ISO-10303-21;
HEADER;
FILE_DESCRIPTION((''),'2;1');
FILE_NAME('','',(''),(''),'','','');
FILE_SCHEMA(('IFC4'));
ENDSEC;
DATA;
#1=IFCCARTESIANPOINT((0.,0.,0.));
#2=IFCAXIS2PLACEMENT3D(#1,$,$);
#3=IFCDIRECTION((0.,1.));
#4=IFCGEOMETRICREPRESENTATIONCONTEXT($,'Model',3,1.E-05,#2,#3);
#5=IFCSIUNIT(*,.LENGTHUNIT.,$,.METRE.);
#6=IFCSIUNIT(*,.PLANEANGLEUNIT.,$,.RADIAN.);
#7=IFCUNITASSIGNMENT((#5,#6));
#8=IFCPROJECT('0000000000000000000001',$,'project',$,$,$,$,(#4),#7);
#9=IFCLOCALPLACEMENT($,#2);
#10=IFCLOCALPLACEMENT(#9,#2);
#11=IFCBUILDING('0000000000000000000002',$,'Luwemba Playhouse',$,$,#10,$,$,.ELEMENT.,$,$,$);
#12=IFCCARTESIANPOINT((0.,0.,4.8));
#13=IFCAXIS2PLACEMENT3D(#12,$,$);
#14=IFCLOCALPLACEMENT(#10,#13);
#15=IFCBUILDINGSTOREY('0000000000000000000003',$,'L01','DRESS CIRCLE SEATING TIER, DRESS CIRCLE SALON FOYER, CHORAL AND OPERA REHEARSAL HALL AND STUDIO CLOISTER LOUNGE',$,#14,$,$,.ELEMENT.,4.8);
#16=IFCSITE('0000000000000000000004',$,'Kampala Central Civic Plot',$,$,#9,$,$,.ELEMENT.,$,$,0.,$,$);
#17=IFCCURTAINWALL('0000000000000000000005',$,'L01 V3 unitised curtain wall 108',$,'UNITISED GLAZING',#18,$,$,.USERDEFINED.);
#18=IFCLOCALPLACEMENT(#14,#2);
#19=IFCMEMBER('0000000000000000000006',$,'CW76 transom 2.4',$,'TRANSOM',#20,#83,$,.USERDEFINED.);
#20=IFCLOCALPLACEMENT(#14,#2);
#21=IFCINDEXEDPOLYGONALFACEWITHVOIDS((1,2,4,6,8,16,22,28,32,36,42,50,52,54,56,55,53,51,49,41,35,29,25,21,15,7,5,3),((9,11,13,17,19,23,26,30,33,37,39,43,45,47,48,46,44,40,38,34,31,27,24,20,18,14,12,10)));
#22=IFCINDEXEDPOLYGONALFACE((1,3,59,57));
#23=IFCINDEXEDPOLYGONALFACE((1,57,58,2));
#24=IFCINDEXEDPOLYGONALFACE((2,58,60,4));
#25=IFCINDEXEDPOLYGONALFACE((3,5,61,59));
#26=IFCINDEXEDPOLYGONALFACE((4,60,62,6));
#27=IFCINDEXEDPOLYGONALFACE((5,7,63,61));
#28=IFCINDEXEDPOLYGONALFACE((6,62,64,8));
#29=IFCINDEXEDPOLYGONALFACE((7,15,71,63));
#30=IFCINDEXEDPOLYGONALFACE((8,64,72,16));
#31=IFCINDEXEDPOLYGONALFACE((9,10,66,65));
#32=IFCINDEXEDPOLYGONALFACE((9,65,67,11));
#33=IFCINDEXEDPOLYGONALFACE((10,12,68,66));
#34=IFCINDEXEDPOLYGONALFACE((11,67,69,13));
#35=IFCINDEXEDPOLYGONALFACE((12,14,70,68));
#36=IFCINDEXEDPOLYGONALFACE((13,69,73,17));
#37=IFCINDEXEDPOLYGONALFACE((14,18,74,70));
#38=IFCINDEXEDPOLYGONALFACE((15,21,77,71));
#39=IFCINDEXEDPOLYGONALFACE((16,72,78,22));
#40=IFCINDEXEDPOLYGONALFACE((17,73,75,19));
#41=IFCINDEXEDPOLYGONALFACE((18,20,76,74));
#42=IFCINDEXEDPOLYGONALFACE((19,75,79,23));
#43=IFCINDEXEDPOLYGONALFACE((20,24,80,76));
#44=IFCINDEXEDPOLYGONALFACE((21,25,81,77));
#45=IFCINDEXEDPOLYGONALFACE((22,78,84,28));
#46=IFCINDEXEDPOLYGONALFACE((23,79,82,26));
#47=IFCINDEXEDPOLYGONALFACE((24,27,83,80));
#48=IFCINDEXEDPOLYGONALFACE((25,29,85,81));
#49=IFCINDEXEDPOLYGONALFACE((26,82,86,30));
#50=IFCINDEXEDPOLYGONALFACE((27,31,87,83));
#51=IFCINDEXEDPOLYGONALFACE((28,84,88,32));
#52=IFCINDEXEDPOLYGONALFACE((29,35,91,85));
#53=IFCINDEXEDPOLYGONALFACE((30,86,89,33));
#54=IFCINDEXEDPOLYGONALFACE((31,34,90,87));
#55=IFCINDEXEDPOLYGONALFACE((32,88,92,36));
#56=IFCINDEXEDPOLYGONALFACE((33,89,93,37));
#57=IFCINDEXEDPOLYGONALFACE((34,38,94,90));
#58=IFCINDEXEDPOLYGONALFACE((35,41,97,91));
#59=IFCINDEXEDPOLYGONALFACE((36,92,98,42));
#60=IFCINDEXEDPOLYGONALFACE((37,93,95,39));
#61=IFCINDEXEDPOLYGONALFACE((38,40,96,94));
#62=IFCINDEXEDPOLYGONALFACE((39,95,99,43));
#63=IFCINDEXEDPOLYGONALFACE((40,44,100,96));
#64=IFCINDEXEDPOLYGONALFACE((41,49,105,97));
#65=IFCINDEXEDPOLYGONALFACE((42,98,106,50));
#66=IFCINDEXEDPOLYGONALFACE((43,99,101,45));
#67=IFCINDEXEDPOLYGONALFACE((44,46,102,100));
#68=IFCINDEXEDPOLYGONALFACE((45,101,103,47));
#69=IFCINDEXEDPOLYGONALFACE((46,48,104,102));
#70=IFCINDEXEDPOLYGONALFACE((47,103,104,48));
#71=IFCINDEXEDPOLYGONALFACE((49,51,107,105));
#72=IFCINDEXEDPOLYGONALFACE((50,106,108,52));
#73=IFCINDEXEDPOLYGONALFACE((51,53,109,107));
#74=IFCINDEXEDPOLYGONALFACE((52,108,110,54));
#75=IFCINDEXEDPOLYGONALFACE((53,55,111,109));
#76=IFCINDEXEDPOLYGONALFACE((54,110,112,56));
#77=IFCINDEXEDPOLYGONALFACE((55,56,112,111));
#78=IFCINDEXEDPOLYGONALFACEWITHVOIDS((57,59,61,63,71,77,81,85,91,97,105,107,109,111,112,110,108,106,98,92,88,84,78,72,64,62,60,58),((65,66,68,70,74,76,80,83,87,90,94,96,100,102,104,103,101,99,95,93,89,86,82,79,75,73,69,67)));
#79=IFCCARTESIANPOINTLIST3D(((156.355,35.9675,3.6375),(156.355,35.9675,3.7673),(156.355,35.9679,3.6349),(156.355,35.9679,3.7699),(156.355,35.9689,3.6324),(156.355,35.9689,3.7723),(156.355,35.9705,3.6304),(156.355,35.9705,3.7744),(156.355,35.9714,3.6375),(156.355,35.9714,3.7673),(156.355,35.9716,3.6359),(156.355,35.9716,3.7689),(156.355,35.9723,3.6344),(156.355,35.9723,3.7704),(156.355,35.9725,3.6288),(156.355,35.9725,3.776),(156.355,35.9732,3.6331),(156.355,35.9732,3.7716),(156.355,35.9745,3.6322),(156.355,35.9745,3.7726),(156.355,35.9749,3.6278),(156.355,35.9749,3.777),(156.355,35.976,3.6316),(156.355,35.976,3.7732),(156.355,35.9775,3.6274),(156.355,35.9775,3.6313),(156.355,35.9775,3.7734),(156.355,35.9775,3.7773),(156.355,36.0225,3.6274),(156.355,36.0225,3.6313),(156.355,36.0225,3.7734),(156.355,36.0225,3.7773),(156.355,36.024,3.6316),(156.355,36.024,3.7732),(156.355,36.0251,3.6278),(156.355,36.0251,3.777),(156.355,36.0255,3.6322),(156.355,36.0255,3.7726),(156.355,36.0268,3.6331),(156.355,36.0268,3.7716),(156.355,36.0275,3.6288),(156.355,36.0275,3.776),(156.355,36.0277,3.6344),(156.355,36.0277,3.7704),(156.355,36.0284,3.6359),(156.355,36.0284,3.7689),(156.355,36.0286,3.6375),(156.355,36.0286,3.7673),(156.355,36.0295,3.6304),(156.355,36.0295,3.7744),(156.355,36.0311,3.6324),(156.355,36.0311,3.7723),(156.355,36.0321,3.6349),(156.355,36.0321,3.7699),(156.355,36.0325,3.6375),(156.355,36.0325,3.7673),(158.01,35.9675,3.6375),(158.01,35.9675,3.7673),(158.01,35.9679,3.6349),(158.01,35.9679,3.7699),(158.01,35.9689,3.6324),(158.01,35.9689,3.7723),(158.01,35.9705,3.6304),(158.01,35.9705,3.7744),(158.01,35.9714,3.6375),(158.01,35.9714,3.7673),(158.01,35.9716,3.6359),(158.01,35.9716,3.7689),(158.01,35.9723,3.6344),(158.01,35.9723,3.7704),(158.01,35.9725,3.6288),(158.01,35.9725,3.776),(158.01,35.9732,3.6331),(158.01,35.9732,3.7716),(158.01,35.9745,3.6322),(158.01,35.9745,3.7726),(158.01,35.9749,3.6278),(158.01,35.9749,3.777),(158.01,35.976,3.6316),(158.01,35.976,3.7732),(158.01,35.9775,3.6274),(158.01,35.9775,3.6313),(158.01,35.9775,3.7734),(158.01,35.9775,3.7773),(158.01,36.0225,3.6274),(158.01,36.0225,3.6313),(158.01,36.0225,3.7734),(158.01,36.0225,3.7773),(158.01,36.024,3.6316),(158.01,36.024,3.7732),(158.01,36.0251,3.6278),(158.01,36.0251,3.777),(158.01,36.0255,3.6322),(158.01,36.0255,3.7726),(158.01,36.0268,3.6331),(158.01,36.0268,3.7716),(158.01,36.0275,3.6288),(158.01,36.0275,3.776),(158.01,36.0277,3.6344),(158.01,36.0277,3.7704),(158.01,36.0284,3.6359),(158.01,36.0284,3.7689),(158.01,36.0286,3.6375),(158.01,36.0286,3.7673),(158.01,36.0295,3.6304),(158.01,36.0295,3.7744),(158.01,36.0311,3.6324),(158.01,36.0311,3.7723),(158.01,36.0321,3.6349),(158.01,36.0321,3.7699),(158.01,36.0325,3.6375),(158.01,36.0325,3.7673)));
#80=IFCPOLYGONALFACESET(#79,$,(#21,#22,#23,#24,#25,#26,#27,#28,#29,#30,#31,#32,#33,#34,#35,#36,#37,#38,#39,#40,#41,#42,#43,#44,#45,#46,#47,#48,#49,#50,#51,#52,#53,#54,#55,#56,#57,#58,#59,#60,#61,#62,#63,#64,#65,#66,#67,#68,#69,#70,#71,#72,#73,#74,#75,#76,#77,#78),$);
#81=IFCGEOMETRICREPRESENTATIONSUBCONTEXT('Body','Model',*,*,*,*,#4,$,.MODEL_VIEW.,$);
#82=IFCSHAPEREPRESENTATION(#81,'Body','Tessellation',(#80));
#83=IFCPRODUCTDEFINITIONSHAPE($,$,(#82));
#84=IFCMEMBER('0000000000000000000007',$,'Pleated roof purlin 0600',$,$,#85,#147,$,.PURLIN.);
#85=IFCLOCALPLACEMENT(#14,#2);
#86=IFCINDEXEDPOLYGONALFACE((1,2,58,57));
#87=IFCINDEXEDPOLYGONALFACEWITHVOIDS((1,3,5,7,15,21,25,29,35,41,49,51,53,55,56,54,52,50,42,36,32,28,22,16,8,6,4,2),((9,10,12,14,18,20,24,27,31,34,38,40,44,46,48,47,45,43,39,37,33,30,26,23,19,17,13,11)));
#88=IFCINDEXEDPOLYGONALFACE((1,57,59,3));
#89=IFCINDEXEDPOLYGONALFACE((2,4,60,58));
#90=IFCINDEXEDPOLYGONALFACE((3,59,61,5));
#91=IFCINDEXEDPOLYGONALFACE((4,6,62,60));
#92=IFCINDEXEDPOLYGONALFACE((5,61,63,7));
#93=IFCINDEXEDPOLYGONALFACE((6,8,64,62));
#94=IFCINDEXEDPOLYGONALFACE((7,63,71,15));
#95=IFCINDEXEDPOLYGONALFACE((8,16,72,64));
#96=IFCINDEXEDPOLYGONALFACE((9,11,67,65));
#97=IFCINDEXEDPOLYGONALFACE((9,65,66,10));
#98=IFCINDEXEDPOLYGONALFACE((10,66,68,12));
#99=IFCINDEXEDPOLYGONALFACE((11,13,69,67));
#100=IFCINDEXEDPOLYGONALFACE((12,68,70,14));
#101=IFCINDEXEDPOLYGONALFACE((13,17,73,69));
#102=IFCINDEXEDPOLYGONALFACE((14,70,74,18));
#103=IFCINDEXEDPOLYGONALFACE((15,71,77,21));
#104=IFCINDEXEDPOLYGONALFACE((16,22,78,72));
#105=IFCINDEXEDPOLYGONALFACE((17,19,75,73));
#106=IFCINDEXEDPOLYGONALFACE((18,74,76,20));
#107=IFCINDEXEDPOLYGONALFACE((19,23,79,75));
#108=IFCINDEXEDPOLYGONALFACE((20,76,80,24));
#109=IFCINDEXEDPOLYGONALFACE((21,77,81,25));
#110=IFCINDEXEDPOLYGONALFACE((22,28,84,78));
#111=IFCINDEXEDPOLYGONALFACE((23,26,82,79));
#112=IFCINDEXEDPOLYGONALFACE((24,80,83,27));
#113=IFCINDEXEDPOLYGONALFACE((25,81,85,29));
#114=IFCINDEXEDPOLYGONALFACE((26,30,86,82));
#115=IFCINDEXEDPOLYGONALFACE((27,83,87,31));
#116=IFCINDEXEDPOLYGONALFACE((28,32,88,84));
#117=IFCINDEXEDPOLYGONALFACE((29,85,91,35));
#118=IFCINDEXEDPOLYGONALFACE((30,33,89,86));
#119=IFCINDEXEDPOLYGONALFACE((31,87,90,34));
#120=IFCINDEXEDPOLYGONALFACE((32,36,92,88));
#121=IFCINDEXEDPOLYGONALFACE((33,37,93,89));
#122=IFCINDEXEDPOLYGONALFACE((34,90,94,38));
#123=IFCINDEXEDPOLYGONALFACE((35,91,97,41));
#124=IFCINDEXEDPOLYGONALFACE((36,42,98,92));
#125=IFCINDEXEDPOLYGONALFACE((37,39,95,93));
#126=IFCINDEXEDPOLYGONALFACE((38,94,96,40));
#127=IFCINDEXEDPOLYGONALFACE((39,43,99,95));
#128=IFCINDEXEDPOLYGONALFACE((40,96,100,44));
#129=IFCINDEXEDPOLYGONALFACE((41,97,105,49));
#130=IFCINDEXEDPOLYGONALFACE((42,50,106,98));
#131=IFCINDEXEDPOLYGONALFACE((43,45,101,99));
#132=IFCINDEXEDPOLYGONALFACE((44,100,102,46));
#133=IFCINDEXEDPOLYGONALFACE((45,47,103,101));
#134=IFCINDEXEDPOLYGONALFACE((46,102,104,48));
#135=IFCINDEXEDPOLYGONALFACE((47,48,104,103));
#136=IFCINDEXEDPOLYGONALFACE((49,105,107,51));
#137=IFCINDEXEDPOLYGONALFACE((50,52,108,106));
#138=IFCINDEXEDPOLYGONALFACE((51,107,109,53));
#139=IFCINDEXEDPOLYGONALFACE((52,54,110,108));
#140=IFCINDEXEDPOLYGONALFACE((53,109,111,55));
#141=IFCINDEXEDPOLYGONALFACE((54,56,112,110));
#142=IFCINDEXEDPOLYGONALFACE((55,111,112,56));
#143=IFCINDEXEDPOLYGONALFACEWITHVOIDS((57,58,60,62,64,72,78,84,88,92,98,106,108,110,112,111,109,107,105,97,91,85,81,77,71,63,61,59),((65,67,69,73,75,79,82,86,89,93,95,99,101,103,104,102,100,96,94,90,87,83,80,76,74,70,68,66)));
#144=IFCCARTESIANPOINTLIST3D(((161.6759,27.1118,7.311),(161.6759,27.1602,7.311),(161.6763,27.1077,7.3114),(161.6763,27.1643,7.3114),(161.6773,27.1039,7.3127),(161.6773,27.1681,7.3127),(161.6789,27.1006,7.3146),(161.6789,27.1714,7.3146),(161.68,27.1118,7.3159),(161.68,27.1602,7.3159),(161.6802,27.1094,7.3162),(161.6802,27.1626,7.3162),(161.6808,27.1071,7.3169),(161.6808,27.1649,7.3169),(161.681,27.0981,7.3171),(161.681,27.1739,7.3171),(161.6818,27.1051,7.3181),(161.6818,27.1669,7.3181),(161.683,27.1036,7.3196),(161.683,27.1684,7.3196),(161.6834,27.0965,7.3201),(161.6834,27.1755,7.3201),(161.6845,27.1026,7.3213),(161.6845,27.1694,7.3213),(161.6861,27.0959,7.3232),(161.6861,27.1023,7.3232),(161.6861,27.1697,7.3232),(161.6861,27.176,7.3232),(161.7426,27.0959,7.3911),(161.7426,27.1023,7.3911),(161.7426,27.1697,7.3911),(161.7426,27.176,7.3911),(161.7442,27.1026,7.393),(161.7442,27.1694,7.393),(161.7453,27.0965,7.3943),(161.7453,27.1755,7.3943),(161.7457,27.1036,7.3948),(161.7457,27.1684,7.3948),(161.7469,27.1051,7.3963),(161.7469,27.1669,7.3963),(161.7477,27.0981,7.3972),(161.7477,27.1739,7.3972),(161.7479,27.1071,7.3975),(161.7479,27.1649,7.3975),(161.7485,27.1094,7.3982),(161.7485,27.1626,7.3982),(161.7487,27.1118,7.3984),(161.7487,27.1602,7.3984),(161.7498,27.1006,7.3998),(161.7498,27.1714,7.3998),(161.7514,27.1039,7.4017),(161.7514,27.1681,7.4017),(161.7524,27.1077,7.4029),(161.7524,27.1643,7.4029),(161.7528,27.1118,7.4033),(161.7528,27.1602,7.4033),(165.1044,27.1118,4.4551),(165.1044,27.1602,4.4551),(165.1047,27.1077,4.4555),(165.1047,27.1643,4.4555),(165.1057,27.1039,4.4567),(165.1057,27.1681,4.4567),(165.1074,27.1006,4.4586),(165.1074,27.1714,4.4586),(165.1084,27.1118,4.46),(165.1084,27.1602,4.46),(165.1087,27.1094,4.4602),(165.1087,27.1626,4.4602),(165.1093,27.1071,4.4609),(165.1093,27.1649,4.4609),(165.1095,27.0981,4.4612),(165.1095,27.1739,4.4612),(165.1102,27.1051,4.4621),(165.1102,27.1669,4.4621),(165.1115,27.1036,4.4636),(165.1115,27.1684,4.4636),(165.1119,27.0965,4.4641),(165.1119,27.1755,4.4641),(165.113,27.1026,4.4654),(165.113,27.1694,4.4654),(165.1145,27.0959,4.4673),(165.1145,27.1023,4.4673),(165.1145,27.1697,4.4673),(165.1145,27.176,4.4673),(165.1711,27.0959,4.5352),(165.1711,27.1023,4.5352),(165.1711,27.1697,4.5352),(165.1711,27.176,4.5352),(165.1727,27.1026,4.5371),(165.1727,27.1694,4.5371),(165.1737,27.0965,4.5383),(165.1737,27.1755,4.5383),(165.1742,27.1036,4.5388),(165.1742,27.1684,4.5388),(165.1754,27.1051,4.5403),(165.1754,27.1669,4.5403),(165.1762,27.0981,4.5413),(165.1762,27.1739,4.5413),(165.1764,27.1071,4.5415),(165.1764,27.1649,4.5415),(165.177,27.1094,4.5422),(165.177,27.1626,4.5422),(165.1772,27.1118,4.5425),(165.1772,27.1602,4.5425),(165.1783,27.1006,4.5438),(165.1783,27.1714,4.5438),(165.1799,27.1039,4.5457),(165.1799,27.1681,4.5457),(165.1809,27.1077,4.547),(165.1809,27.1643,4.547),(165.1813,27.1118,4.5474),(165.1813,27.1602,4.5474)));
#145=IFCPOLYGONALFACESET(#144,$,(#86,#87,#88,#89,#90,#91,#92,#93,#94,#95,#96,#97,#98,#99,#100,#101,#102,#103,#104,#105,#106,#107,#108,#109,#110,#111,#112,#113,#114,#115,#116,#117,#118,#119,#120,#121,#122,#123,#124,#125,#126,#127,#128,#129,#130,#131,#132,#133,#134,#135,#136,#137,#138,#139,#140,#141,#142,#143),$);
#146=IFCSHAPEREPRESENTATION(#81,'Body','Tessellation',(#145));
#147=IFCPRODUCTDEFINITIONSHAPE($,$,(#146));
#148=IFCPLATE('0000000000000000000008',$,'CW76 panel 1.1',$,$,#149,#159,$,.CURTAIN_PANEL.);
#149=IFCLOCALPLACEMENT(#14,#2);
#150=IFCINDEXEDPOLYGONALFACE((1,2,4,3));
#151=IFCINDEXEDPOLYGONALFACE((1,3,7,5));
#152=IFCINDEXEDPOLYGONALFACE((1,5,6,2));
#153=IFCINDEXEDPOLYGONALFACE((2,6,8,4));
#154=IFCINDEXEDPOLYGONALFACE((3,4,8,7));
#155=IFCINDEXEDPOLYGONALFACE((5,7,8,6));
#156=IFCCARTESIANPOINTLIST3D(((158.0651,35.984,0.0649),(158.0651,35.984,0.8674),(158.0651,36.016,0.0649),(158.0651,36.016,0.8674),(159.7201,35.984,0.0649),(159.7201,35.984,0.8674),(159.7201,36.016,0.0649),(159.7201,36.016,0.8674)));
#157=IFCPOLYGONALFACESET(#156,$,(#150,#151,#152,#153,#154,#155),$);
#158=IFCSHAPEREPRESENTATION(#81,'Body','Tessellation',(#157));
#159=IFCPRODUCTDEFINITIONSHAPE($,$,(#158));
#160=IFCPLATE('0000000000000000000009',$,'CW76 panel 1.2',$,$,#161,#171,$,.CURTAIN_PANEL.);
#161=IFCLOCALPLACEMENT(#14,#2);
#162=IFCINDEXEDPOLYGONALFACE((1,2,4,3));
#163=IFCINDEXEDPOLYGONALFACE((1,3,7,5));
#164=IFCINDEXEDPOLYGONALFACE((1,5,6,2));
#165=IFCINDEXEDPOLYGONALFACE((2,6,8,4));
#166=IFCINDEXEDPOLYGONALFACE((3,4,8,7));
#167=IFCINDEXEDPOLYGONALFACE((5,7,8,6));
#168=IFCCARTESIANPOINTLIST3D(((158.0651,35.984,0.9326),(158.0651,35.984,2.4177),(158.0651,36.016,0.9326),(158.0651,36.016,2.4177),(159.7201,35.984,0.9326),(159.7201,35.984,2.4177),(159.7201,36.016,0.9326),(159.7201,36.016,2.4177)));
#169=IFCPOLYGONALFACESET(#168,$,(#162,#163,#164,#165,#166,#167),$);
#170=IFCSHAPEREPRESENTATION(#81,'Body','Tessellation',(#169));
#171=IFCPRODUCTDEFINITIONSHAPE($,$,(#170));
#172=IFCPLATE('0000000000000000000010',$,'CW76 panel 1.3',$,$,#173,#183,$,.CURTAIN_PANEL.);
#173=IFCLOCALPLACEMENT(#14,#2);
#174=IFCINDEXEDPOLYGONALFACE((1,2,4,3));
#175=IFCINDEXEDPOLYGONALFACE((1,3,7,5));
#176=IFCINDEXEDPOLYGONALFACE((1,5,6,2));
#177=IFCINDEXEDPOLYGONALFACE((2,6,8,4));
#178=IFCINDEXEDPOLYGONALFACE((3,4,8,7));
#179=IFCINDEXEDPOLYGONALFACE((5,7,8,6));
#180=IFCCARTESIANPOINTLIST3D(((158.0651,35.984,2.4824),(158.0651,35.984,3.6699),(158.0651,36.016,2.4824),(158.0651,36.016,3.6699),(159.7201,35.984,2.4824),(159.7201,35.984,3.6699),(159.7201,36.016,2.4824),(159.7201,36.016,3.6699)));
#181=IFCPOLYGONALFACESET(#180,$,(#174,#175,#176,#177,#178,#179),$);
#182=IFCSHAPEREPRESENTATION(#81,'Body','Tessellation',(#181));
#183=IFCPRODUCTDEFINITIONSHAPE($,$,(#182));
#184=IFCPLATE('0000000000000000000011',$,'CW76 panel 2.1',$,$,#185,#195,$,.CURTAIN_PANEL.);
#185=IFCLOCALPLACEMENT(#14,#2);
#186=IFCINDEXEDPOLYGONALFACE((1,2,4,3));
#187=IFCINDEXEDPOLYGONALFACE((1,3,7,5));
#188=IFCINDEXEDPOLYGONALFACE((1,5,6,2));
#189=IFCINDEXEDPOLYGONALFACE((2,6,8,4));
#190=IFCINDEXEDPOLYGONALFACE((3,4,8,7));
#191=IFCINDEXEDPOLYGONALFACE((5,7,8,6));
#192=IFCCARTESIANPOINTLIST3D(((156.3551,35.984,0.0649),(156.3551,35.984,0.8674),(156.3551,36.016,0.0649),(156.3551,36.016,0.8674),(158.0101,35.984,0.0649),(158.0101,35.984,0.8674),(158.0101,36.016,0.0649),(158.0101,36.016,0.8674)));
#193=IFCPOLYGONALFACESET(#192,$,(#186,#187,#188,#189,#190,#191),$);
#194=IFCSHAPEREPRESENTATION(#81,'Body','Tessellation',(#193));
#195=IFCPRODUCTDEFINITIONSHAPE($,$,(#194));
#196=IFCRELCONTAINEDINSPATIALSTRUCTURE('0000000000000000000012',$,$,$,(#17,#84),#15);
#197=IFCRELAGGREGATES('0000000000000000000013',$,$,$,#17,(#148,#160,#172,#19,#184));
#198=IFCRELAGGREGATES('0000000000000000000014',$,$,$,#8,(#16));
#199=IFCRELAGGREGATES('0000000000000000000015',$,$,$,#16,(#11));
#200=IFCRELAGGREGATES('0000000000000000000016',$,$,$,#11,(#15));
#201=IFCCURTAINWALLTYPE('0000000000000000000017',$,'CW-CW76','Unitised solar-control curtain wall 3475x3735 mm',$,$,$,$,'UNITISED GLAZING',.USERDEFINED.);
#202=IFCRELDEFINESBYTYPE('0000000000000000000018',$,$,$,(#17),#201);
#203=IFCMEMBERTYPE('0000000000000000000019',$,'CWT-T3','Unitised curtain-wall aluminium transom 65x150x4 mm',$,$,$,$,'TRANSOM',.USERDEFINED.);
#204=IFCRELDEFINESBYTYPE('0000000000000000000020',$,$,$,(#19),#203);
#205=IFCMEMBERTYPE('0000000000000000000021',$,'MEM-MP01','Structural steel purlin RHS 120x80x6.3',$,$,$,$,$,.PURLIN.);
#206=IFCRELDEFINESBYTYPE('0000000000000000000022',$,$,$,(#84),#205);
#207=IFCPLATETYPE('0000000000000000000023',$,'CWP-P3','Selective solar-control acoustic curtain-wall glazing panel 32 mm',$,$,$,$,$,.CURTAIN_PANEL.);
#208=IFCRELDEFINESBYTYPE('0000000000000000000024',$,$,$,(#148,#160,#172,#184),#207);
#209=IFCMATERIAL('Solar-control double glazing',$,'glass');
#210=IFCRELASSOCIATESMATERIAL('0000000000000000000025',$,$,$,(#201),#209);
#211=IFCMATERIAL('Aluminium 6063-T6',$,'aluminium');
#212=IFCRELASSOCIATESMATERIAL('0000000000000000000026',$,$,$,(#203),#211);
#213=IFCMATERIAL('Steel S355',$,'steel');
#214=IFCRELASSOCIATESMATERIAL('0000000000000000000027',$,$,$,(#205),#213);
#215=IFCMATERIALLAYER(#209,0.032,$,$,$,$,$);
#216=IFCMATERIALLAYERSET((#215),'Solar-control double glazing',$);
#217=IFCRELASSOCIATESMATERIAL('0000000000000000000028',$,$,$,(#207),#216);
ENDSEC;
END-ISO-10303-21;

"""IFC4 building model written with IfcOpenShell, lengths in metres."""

from ifc_helpers import new_model, si_unit, direction, frame, origin, origin_2d, place, context, subcontext, project, spatial, rectangle, hollow_rectangle, extrude, material, layer, layer_set, material_profile, profile_set, type_object, element, aggregate, save


model = new_model("IFC4")

# Units and contexts
model_context = context("Model", 3, precision=1e-05, world=origin(), true_north=direction((0.0, 1.0)))
body_context = subcontext(model_context, "Body", "Model", "MODEL_VIEW")
ifc_project = project(units=[si_unit("LENGTHUNIT", "METRE"), si_unit("PLANEANGLEUNIT", "RADIAN")], contexts=[model_context])

# Site, building, storey
site_placement = place(None, origin())
site = spatial("IfcSite", under=ifc_project, at=site_placement, Name="Kampala Central Civic Plot", CompositionType="ELEMENT", RefElevation=0.0)
building_placement = place(site_placement, origin())
building = spatial("IfcBuilding", under=site, at=building_placement, Name="Luwemba Playhouse", CompositionType="ELEMENT")
storey_placement = place(building_placement, frame((0.0, 0.0, 4.8)))
storey = spatial("IfcBuildingStorey", under=building, at=storey_placement, Name="L01", Description="DRESS CIRCLE SEATING TIER, DRESS CIRCLE SALON FOYER, CHORAL AND OPERA REHEARSAL HALL AND STUDIO CLOISTER LOUNGE", CompositionType="ELEMENT", Elevation=4.8)

# Shared definitions
ifc_material_1 = material(Name="Steel S355", Category="steel")

# Curtain wall, member
ifc_material_2 = material(Name="Solar-control double glazing", Category="glass")
curtain_wall_type = type_object("IfcCurtainWallType", Name="CW-CW76", Description="Unitised solar-control curtain wall 3475x3735 mm", ElementType="UNITISED GLAZING", PredefinedType="USERDEFINED", material=ifc_material_2)
curtain_wall_placement = place(storey_placement, origin())
curtain_wall = element("IfcCurtainWall", 1, at=curtain_wall_placement, inside=storey, type_object=curtain_wall_type, Name="L01 V3 unitised curtain wall 108", ObjectType="UNITISED GLAZING", PredefinedType="USERDEFINED")
ifc_material_3 = material(Name="Aluminium 6063-T6", Category="aluminium")
ifc_material_profile_1 = material_profile(ifc_material_3, hollow_rectangle(XDim=0.0649, YDim=0.1499, WallThickness=0.0039, InnerFilletRadius=0.0061, OuterFilletRadius=0.01, at=origin_2d()))
ifc_profile_set_1 = profile_set([ifc_material_profile_1], Name="Aluminium 6063-T6")
member_type_1 = type_object("IfcMemberType", Name="CWT-T3", Description="Unitised curtain-wall aluminium transom 65x150x4 mm", ElementType="TRANSOM", PredefinedType="USERDEFINED", material=ifc_profile_set_1)
member_1_placement = place(storey_placement, frame((158.01, 36.0, 3.7024), z_axis=(-1.0, 0.0, 0.0), x_axis=(0.0, -1.0, 0.0)))
member_1 = element("IfcMember", 2, at=member_1_placement, type_object=member_type_1, Name="CW76 transom 2.4", ObjectType="TRANSOM", PredefinedType="USERDEFINED", context=body_context, shape_type="SweptSolid", body=[
    extrude(hollow_rectangle(XDim=0.0649, YDim=0.1499, WallThickness=0.0039, InnerFilletRadius=0.0061, OuterFilletRadius=0.01, at=origin_2d()), origin(), (0.0, 0.0, 1.0), 1.655),
])

# Member
ifc_material_profile_2 = material_profile(ifc_material_1, hollow_rectangle(XDim=0.0801, YDim=0.1201, WallThickness=0.0063, InnerFilletRadius=0.0095, OuterFilletRadius=0.0159, at=origin_2d()))
ifc_profile_set_2 = profile_set([ifc_material_profile_2], Name="Steel S355")
member_type_2 = type_object("IfcMemberType", Name="MEM-MP01", Description="Structural steel purlin RHS 120x80x6.3", PredefinedType="PURLIN", material=ifc_profile_set_2)
member_2_placement = place(storey_placement, frame((161.7144, 27.136, 7.3572), z_axis=(0.768342, 0.0, -0.640039), x_axis=(0.0, 1.0, 0.0)))
element("IfcMember", 3, at=member_2_placement, inside=storey, type_object=member_type_2, Name="Pleated roof purlin 0600", PredefinedType="PURLIN", context=body_context, shape_type="SweptSolid", body=[
    extrude(hollow_rectangle(XDim=0.0801, YDim=0.1201, WallThickness=0.0063, InnerFilletRadius=0.0095, OuterFilletRadius=0.0159, at=origin_2d()), origin(), (0.0, 0.0, 1.0), 4.4622),
])

# Plates
ifc_layer_1 = layer(ifc_material_2, 0.032)
ifc_layer_set_1 = layer_set([ifc_layer_1], Name="Solar-control double glazing")
plate_type = type_object("IfcPlateType", Name="CWP-P3", Description="Selective solar-control acoustic curtain-wall glazing panel 32 mm", PredefinedType="CURTAIN_PANEL", material=ifc_layer_set_1)
plate_1_placement = place(storey_placement, frame((158.8926, 36.0, 0.0649), z_axis=(0.0, 0.0, 1.0), x_axis=(-1.0, 0.0, 0.0)))
plate_1 = element("IfcPlate", 4, at=plate_1_placement, type_object=plate_type, Name="CW76 panel 1.1", PredefinedType="CURTAIN_PANEL", context=body_context, shape_type="SweptSolid", body=[
    extrude(rectangle(XDim=1.655, YDim=0.032, at=origin_2d()), origin(), (0.0, 0.0, 1.0), 0.8025),
])
plate_2_placement = place(storey_placement, frame((158.8926, 36.0, 0.9326), z_axis=(0.0, 0.0, 1.0), x_axis=(-1.0, 0.0, 0.0)))
plate_2 = element("IfcPlate", 5, at=plate_2_placement, type_object=plate_type, Name="CW76 panel 1.2", PredefinedType="CURTAIN_PANEL", context=body_context, shape_type="SweptSolid", body=[
    extrude(rectangle(XDim=1.655, YDim=0.032, at=origin_2d()), origin(), (0.0, 0.0, 1.0), 1.4851),
])
plate_3_placement = place(storey_placement, frame((158.8926, 36.0, 2.4824), z_axis=(0.0, 0.0, 1.0), x_axis=(-1.0, 0.0, 0.0)))
plate_3 = element("IfcPlate", 6, at=plate_3_placement, type_object=plate_type, Name="CW76 panel 1.3", PredefinedType="CURTAIN_PANEL", context=body_context, shape_type="SweptSolid", body=[
    extrude(rectangle(XDim=1.655, YDim=0.032, at=origin_2d()), origin(), (0.0, 0.0, 1.0), 1.1875),
])
plate_4_placement = place(storey_placement, frame((157.1826, 36.0, 0.0649), z_axis=(0.0, 0.0, 1.0), x_axis=(-1.0, 0.0, 0.0)))
plate_4 = element("IfcPlate", 7, at=plate_4_placement, type_object=plate_type, Name="CW76 panel 2.1", PredefinedType="CURTAIN_PANEL", context=body_context, shape_type="SweptSolid", body=[
    extrude(rectangle(XDim=1.655, YDim=0.032, at=origin_2d()), origin(), (0.0, 0.0, 1.0), 0.8025),
])
aggregate(curtain_wall, [plate_1, plate_2, plate_3, member_1, plate_4])

save(model, "model.ifc")
